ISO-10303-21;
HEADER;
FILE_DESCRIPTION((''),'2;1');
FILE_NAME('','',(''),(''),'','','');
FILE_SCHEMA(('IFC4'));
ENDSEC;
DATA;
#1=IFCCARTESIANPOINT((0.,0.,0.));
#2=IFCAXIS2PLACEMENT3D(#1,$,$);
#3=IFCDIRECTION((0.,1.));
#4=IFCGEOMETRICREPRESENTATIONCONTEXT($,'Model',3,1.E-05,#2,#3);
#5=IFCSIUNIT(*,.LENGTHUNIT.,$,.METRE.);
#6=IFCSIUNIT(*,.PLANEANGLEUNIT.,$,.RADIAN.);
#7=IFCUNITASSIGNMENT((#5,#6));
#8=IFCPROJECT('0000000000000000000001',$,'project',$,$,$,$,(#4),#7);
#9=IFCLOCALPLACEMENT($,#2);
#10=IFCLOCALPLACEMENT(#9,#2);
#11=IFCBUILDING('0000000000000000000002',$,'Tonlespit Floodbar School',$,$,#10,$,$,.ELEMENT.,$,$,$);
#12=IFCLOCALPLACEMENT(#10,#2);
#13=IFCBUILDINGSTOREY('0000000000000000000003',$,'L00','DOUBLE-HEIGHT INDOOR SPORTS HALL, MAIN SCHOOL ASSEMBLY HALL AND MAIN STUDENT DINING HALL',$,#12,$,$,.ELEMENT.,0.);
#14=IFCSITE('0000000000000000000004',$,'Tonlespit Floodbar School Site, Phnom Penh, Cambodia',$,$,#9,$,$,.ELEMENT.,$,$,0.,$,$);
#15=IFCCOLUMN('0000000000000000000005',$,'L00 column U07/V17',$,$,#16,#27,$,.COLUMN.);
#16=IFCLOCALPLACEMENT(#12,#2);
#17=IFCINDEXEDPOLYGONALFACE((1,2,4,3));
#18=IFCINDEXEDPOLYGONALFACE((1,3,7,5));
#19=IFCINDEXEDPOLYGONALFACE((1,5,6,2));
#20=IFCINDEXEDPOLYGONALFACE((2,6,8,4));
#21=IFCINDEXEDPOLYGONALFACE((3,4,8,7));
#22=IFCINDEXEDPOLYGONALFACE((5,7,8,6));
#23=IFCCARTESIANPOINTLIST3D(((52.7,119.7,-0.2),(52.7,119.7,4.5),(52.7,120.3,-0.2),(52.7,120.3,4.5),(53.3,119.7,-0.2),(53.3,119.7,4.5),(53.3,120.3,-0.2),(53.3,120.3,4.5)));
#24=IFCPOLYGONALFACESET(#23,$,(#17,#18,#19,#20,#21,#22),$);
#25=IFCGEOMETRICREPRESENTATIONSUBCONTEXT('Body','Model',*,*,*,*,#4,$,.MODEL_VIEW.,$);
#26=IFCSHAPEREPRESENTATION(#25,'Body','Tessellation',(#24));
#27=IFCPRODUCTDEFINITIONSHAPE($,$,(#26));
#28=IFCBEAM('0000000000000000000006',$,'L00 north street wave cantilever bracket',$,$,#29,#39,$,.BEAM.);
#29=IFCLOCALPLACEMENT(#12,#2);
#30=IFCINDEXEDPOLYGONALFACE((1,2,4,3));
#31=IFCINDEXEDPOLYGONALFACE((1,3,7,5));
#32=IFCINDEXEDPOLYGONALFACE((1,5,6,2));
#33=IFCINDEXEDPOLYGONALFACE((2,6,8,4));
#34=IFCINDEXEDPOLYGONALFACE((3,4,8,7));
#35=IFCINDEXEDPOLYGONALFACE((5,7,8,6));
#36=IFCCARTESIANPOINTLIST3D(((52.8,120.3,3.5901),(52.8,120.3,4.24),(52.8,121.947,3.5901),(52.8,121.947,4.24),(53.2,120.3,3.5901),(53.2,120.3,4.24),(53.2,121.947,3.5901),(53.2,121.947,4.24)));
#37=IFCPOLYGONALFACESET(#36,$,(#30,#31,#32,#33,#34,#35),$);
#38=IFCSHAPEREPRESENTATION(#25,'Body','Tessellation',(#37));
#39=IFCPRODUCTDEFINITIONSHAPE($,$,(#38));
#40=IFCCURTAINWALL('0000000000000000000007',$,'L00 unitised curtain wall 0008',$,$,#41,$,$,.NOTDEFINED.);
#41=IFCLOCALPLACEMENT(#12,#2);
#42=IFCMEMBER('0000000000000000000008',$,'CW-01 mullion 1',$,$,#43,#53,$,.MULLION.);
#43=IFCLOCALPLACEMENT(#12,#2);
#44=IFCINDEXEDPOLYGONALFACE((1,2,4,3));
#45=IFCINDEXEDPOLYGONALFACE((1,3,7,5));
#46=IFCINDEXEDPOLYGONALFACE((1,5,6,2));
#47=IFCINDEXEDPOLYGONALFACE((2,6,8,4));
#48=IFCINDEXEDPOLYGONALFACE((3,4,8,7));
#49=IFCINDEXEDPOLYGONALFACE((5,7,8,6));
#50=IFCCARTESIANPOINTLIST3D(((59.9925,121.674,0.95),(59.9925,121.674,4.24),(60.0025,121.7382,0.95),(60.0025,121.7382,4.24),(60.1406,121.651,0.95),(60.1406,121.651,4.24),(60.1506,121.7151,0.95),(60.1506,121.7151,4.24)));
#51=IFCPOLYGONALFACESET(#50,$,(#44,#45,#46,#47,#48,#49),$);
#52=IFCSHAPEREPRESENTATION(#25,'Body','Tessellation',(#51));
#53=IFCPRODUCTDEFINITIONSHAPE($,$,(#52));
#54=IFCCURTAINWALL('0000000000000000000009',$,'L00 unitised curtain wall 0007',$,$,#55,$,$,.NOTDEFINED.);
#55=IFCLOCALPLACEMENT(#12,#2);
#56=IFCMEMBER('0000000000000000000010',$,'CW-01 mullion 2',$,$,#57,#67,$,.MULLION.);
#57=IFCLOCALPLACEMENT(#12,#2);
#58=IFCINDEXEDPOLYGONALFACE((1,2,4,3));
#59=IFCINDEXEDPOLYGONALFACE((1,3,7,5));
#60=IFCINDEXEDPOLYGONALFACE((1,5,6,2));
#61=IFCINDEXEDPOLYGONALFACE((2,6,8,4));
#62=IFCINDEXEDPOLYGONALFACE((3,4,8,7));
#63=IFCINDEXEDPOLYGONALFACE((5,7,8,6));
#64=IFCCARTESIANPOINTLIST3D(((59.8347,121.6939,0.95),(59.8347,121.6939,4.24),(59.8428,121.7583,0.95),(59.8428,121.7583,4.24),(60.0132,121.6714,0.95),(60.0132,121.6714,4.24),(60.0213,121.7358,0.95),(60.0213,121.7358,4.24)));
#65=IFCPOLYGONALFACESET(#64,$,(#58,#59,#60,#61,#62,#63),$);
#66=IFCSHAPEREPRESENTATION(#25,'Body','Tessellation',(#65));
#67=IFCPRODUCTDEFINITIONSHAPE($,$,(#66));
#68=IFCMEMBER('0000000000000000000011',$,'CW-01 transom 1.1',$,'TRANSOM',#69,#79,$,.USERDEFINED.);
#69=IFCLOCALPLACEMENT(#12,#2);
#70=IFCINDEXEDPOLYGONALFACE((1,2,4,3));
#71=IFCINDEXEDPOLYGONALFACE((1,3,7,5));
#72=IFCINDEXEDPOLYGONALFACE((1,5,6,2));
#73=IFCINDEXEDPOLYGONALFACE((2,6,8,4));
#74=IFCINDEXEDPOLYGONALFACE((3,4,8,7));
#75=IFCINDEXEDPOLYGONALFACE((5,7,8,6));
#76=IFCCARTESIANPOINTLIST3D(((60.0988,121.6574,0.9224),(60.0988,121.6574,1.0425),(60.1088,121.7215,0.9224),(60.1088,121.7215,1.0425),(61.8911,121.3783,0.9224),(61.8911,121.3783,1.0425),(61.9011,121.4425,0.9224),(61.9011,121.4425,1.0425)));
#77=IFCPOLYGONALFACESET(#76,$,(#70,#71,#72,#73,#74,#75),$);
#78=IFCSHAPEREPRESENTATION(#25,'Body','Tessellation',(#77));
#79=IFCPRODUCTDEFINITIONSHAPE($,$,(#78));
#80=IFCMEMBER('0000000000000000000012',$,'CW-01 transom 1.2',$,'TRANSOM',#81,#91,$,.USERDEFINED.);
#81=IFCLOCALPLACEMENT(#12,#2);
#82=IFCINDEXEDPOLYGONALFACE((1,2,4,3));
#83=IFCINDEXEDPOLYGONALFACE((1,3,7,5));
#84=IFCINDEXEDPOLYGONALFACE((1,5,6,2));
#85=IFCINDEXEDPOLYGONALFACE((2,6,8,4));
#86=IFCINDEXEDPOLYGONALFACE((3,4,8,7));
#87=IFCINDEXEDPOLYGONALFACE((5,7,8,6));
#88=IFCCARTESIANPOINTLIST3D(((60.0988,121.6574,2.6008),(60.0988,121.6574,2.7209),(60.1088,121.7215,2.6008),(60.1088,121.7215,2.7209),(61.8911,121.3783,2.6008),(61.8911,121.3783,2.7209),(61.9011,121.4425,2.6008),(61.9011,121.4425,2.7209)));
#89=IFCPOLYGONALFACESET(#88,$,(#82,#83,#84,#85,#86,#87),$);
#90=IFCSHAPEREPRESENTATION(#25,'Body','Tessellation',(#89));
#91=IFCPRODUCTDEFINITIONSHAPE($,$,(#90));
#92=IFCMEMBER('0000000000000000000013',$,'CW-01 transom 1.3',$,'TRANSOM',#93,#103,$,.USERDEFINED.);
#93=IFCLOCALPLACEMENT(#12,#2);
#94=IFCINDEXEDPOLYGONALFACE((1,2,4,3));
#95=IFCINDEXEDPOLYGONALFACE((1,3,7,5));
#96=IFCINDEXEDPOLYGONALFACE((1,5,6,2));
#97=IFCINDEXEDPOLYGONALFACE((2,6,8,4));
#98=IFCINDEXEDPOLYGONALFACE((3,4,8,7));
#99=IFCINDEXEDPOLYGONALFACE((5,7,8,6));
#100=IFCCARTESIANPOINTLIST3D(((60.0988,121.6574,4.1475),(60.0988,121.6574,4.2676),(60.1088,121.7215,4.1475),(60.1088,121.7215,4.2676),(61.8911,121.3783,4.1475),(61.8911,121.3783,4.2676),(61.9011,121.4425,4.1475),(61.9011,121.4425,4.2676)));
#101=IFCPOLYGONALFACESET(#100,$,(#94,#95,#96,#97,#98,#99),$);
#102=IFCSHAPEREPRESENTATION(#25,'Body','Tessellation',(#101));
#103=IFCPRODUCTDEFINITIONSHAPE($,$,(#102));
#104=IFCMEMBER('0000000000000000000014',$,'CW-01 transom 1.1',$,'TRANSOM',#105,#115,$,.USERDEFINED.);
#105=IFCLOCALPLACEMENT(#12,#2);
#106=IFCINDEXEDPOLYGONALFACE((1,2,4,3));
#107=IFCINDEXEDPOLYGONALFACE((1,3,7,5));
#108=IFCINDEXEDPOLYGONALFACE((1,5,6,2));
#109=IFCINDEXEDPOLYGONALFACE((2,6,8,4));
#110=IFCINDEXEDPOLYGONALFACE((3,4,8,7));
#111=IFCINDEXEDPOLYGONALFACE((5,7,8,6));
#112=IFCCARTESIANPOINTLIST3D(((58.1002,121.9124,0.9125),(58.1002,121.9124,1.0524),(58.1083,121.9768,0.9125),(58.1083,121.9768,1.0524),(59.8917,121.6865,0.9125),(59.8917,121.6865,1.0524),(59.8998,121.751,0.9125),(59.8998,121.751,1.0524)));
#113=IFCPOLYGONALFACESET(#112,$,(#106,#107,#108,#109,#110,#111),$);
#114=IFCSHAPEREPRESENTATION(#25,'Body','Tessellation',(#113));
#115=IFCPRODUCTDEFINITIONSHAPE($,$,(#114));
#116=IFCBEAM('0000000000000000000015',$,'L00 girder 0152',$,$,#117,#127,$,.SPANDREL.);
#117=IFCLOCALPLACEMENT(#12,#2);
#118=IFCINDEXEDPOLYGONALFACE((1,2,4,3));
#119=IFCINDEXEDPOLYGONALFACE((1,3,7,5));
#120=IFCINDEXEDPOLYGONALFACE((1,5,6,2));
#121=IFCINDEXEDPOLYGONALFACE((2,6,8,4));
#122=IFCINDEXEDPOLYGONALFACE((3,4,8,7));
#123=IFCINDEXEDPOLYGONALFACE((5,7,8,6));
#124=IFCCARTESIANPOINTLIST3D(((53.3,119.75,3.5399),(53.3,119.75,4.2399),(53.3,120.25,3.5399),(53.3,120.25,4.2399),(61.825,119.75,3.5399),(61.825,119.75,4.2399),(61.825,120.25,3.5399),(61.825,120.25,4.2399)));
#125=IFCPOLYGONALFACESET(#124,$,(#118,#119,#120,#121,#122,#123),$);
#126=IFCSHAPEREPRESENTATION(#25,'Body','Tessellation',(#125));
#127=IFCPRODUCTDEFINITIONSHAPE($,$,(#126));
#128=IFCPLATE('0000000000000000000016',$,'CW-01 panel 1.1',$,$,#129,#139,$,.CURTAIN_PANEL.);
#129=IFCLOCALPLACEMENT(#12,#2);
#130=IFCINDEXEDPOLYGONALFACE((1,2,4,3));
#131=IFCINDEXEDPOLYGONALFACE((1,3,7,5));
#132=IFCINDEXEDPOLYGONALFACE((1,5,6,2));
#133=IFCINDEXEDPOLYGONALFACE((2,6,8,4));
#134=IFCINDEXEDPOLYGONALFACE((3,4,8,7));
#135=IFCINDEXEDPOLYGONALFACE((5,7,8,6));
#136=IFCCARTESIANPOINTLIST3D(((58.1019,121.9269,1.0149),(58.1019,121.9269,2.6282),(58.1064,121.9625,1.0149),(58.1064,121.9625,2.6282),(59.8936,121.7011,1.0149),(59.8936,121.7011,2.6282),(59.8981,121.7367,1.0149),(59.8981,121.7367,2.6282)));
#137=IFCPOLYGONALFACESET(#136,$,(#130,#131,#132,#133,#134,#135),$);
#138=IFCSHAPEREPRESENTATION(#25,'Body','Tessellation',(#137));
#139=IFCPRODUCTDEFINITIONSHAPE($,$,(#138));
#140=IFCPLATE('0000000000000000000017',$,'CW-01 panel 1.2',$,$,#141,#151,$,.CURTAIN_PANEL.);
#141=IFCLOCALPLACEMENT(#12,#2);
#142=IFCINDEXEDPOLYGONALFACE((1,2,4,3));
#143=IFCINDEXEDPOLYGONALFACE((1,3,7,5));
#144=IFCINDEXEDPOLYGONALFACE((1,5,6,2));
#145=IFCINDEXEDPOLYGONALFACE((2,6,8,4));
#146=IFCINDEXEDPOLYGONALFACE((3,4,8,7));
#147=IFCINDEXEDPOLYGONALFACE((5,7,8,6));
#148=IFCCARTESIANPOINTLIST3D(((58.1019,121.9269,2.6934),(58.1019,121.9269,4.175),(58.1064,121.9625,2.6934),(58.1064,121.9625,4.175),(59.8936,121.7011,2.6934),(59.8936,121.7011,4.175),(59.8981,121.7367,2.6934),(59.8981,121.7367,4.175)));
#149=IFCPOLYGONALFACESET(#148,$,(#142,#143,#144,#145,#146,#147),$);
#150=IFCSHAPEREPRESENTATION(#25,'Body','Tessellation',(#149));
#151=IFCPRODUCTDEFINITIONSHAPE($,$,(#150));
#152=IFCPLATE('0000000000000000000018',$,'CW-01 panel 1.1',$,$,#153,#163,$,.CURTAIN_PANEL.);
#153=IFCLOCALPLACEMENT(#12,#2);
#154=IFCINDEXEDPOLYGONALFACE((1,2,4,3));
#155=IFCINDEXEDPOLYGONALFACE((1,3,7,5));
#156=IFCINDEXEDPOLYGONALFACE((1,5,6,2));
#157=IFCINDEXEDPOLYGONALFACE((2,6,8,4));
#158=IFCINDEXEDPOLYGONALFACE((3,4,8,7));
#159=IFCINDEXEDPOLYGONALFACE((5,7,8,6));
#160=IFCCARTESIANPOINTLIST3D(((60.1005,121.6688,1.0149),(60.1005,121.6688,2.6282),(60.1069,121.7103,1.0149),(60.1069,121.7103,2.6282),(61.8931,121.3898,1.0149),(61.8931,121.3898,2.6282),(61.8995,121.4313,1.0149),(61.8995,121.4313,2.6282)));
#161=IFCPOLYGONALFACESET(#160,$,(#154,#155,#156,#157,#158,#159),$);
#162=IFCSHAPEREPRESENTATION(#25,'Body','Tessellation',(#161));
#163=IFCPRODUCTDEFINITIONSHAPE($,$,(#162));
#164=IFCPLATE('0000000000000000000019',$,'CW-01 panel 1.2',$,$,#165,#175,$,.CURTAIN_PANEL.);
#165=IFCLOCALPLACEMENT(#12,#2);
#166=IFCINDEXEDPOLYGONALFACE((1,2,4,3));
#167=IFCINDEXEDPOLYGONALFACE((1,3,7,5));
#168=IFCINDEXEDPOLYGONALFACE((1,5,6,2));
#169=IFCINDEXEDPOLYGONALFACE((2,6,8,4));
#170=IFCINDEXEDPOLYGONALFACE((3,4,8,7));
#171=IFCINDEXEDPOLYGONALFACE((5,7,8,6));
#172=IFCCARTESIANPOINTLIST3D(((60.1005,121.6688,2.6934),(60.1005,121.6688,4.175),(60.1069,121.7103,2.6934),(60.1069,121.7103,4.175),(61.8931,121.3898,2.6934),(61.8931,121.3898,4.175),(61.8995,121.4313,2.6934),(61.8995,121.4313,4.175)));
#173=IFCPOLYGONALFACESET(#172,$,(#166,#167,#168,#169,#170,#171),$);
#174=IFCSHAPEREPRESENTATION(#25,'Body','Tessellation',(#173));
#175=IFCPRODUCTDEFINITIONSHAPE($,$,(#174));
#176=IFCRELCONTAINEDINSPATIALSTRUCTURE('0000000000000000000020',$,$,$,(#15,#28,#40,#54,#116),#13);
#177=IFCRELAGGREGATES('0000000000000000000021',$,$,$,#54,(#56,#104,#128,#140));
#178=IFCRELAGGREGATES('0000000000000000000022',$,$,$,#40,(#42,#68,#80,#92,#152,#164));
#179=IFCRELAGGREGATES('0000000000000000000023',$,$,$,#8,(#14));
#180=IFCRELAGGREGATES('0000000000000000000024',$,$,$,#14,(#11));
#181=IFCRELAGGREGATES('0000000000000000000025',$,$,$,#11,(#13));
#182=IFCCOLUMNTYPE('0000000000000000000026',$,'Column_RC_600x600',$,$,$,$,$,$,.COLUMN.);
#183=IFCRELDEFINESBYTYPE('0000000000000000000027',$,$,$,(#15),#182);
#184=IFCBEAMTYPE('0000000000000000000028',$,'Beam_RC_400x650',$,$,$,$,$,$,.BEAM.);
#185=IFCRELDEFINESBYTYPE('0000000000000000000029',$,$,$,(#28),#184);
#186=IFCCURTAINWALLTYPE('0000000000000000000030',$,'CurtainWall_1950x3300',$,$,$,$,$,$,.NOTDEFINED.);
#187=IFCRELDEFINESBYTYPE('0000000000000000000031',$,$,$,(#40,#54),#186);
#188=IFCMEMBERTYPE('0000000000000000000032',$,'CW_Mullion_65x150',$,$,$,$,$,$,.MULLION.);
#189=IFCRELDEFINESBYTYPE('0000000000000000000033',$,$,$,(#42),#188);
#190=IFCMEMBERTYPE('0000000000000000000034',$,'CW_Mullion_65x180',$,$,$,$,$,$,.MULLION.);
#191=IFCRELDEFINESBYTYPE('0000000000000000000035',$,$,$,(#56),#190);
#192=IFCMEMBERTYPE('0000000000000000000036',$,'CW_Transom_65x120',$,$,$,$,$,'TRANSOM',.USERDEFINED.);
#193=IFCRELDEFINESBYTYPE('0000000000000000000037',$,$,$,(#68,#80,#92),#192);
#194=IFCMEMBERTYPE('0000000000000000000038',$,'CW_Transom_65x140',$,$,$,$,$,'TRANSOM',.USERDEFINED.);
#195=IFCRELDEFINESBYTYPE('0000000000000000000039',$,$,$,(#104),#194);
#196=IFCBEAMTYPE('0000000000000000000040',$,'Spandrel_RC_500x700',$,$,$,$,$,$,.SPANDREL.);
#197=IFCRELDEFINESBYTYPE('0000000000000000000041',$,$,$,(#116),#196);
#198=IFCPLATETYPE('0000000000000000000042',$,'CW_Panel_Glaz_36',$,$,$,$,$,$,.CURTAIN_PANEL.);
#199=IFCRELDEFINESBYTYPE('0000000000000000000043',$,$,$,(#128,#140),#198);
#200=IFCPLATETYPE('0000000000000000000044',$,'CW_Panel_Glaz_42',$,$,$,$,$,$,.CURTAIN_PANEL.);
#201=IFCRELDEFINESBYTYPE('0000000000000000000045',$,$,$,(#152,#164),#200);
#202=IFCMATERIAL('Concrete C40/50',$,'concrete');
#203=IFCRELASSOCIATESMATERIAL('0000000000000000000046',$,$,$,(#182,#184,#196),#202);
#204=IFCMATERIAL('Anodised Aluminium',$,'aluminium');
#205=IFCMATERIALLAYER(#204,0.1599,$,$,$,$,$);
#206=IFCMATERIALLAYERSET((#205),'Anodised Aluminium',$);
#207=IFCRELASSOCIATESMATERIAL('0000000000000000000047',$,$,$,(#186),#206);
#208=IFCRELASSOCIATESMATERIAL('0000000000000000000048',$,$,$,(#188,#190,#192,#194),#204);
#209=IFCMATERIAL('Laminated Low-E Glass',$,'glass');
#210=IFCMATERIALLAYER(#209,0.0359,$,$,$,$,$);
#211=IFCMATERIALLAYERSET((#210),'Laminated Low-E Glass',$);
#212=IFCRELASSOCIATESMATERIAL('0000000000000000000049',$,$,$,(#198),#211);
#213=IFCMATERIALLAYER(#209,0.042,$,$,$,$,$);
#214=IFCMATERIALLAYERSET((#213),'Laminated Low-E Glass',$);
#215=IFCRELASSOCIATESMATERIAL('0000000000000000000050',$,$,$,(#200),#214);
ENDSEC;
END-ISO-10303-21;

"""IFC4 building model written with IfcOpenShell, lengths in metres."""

from ifc_helpers import new_model, si_unit, direction, frame, origin, origin_2d, place, context, subcontext, project, spatial, rectangle, extrude, material, layer, layer_set, material_profile, profile_set, type_object, element, aggregate, save


model = new_model("IFC4")

# Units and contexts
model_context = context("Model", 3, precision=1e-05, world=origin(), true_north=direction((0.0, 1.0)))
body_context = subcontext(model_context, "Body", "Model", "MODEL_VIEW")
ifc_project = project(units=[si_unit("LENGTHUNIT", "METRE"), si_unit("PLANEANGLEUNIT", "RADIAN")], contexts=[model_context])

# Site, building, storey
site_placement = place(None, origin())
site = spatial("IfcSite", under=ifc_project, at=site_placement, Name="Tonlespit Floodbar School Site, Phnom Penh, Cambodia", CompositionType="ELEMENT", RefElevation=0.0)
building_placement = place(site_placement, origin())
building = spatial("IfcBuilding", under=site, at=building_placement, Name="Tonlespit Floodbar School", CompositionType="ELEMENT")
storey_placement = place(building_placement, origin())
storey = spatial("IfcBuildingStorey", under=building, at=storey_placement, Name="L00", Description="DOUBLE-HEIGHT INDOOR SPORTS HALL, MAIN SCHOOL ASSEMBLY HALL AND MAIN STUDENT DINING HALL", CompositionType="ELEMENT", Elevation=0.0)

# Shared definitions
ifc_material_1 = material(Name="Concrete C40/50", Category="concrete")

# Column
ifc_material_profile_1 = material_profile(ifc_material_1, rectangle(XDim=0.6001, YDim=0.6001, at=origin_2d()), Name="RC 600x600")
ifc_profile_set_1 = profile_set([ifc_material_profile_1], Name="Concrete C40/50")
column_type = type_object("IfcColumnType", Name="Column_RC_600x600", PredefinedType="COLUMN", material=ifc_profile_set_1)
column_placement = place(storey_placement, frame((53.0, 120.0, -0.2), z_axis=(0.0, 0.0, 1.0), x_axis=(1.0, 0.0, 0.0)))
element("IfcColumn", 1, at=column_placement, inside=storey, type_object=column_type, Name="L00 column U07/V17", PredefinedType="COLUMN", context=body_context, shape_type="SweptSolid", body=[
    extrude(rectangle(XDim=0.6001, YDim=0.6001, at=origin_2d()), origin(), (0.0, 0.0, 1.0), 4.7),
])

# Beam
ifc_material_profile_2 = material_profile(ifc_material_1, rectangle(XDim=0.3999, YDim=0.6499, at=origin_2d()), Name="RC 400x650")
ifc_profile_set_2 = profile_set([ifc_material_profile_2], Name="Concrete C40/50")
beam_type_1 = type_object("IfcBeamType", Name="Beam_RC_400x650", PredefinedType="BEAM", material=ifc_profile_set_2)
beam_1_placement = place(storey_placement, frame((53.0, 120.3, 3.915), z_axis=(0.0, 1.0, 0.0), x_axis=(-1.0, 0.0, 0.0)))
element("IfcBeam", 2, at=beam_1_placement, inside=storey, type_object=beam_type_1, Name="L00 north street wave cantilever bracket", PredefinedType="BEAM", context=body_context, shape_type="SweptSolid", body=[
    extrude(rectangle(XDim=0.3999, YDim=0.6499, at=origin_2d()), origin(), (0.0, 0.0, 1.0), 1.647),
])

# Curtain walls, members
ifc_material_2 = material(Name="Anodised Aluminium", Category="aluminium")
ifc_layer_1 = layer(ifc_material_2, 0.1599)
ifc_layer_set_1 = layer_set([ifc_layer_1], Name="Anodised Aluminium")
curtain_wall_type = type_object("IfcCurtainWallType", Name="CurtainWall_1950x3300", PredefinedType="NOTDEFINED", material=ifc_layer_set_1)
curtain_wall_1_placement = place(storey_placement, origin())
curtain_wall_1 = element("IfcCurtainWall", 3, at=curtain_wall_1_placement, inside=storey, type_object=curtain_wall_type, Name="L00 unitised curtain wall 0008", PredefinedType="NOTDEFINED")
ifc_material_profile_3 = material_profile(ifc_material_2, rectangle(XDim=0.0649, YDim=0.1499, at=origin_2d()), Name="ALU M65x150")
ifc_profile_set_3 = profile_set([ifc_material_profile_3], Name="Anodised Aluminium")
member_type_1 = type_object("IfcMemberType", Name="CW_Mullion_65x150", PredefinedType="MULLION", material=ifc_profile_set_3)
member_1_placement = place(storey_placement, frame((60.0715, 121.6946, 0.95), z_axis=(0.0, 0.0, 1.0), x_axis=(0.153796, 0.988103, 0.0)))
member_1 = element("IfcMember", 4, at=member_1_placement, type_object=member_type_1, Name="CW-01 mullion 1", PredefinedType="MULLION", context=body_context, shape_type="SweptSolid", body=[
    extrude(rectangle(XDim=0.0649, YDim=0.1499, at=origin_2d()), origin(), (0.0, 0.0, 1.0), 3.29),
])
curtain_wall_2_placement = place(storey_placement, origin())
curtain_wall_2 = element("IfcCurtainWall", 5, at=curtain_wall_2_placement, inside=storey, type_object=curtain_wall_type, Name="L00 unitised curtain wall 0007", PredefinedType="NOTDEFINED")
ifc_material_profile_4 = material_profile(ifc_material_2, rectangle(XDim=0.0649, YDim=0.1799, at=origin_2d()), Name="ALU M65x180")
ifc_profile_set_4 = profile_set([ifc_material_profile_4], Name="Anodised Aluminium")
member_type_2 = type_object("IfcMemberType", Name="CW_Mullion_65x180", PredefinedType="MULLION", material=ifc_profile_set_4)
member_2_placement = place(storey_placement, frame((59.928, 121.7148, 0.95), z_axis=(0.0, 0.0, 1.0), x_axis=(0.125014, 0.992155, 0.0)))
member_2 = element("IfcMember", 6, at=member_2_placement, type_object=member_type_2, Name="CW-01 mullion 2", PredefinedType="MULLION", context=body_context, shape_type="SweptSolid", body=[
    extrude(rectangle(XDim=0.0649, YDim=0.1799, at=origin_2d()), origin(), (0.0, 0.0, 1.0), 3.29),
])

# Members
ifc_material_profile_5 = material_profile(ifc_material_2, rectangle(XDim=0.0649, YDim=0.1201, at=origin_2d()), Name="ALU T65x120")
ifc_profile_set_5 = profile_set([ifc_material_profile_5], Name="Anodised Aluminium")
member_type_3 = type_object("IfcMemberType", Name="CW_Transom_65x120", ElementType="TRANSOM", PredefinedType="USERDEFINED", material=ifc_profile_set_5)
member_3_placement = place(storey_placement, frame((60.1038, 121.6895, 0.9824), z_axis=(0.988098, -0.153827, 0.0), x_axis=(0.153827, 0.988098, 0.0)))
member_3 = element("IfcMember", 7, at=member_3_placement, type_object=member_type_3, Name="CW-01 transom 1.1", ObjectType="TRANSOM", PredefinedType="USERDEFINED", context=body_context, shape_type="SweptSolid", body=[
    extrude(rectangle(XDim=0.0649, YDim=0.1201, at=origin_2d()), origin(), (0.0, 0.0, 1.0), 1.814),
])
member_4_placement = place(storey_placement, frame((60.1038, 121.6895, 2.6609), z_axis=(0.988098, -0.153827, 0.0), x_axis=(0.153827, 0.988098, 0.0)))
member_4 = element("IfcMember", 8, at=member_4_placement, type_object=member_type_3, Name="CW-01 transom 1.2", ObjectType="TRANSOM", PredefinedType="USERDEFINED", context=body_context, shape_type="SweptSolid", body=[
    extrude(rectangle(XDim=0.0649, YDim=0.1201, at=origin_2d()), origin(), (0.0, 0.0, 1.0), 1.814),
])
member_5_placement = place(storey_placement, frame((60.1038, 121.6895, 4.2075), z_axis=(0.988098, -0.153827, 0.0), x_axis=(0.153827, 0.988098, 0.0)))
member_5 = element("IfcMember", 9, at=member_5_placement, type_object=member_type_3, Name="CW-01 transom 1.3", ObjectType="TRANSOM", PredefinedType="USERDEFINED", context=body_context, shape_type="SweptSolid", body=[
    extrude(rectangle(XDim=0.0649, YDim=0.1201, at=origin_2d()), origin(), (0.0, 0.0, 1.0), 1.814),
])
ifc_material_profile_6 = material_profile(ifc_material_2, rectangle(XDim=0.0649, YDim=0.1399, at=origin_2d()), Name="ALU T65x140")
ifc_profile_set_6 = profile_set([ifc_material_profile_6], Name="Anodised Aluminium")
member_type_4 = type_object("IfcMemberType", Name="CW_Transom_65x140", ElementType="TRANSOM", PredefinedType="USERDEFINED", material=ifc_profile_set_6)
member_6_placement = place(storey_placement, frame((58.1042, 121.9446, 0.9824), z_axis=(0.992148, -0.125066, 0.0), x_axis=(0.125066, 0.992148, 0.0)))
member_6 = element("IfcMember", 10, at=member_6_placement, type_object=member_type_4, Name="CW-01 transom 1.1", ObjectType="TRANSOM", PredefinedType="USERDEFINED", context=body_context, shape_type="SweptSolid", body=[
    extrude(rectangle(XDim=0.0649, YDim=0.1399, at=origin_2d()), origin(), (0.0, 0.0, 1.0), 1.8057),
])

# Beam
ifc_material_profile_7 = material_profile(ifc_material_1, rectangle(XDim=0.5, YDim=0.7, at=origin_2d()), Name="RC 500x700")
ifc_profile_set_7 = profile_set([ifc_material_profile_7], Name="Concrete C40/50")
beam_type_2 = type_object("IfcBeamType", Name="Spandrel_RC_500x700", PredefinedType="SPANDREL", material=ifc_profile_set_7)
beam_2_placement = place(storey_placement, frame((53.3, 120.0, 3.8899), z_axis=(1.0, 0.0, 0.0), x_axis=(0.0, 1.0, 0.0)))
element("IfcBeam", 11, at=beam_2_placement, inside=storey, type_object=beam_type_2, Name="L00 girder 0152", PredefinedType="SPANDREL", context=body_context, shape_type="SweptSolid", body=[
    extrude(rectangle(XDim=0.5, YDim=0.7, at=origin_2d()), origin(), (0.0, 0.0, 1.0), 8.5249),
])

# Plates
ifc_material_3 = material(Name="Laminated Low-E Glass", Category="glass")
ifc_layer_2 = layer(ifc_material_3, 0.0359)
ifc_layer_set_2 = layer_set([ifc_layer_2], Name="Laminated Low-E Glass")
plate_type_1 = type_object("IfcPlateType", Name="CW_Panel_Glaz_36", PredefinedType="CURTAIN_PANEL", material=ifc_layer_set_2)
plate_1_placement = place(storey_placement, frame((59.0, 121.8318, 1.0149), z_axis=(0.0, 0.0, 1.0), x_axis=(0.992155, -0.125014, 0.0)))
plate_1 = element("IfcPlate", 12, at=plate_1_placement, type_object=plate_type_1, Name="CW-01 panel 1.1", PredefinedType="CURTAIN_PANEL", context=body_context, shape_type="SweptSolid", body=[
    extrude(rectangle(XDim=1.8059, YDim=0.0359, at=origin_2d()), origin(), (0.0, 0.0, 1.0), 1.6133),
])
plate_2_placement = place(storey_placement, frame((59.0, 121.8318, 2.6934), z_axis=(0.0, 0.0, 1.0), x_axis=(0.992155, -0.125014, 0.0)))
plate_2 = element("IfcPlate", 13, at=plate_2_placement, type_object=plate_type_1, Name="CW-01 panel 1.2", PredefinedType="CURTAIN_PANEL", context=body_context, shape_type="SweptSolid", body=[
    extrude(rectangle(XDim=1.8059, YDim=0.0359, at=origin_2d()), origin(), (0.0, 0.0, 1.0), 1.4817),
])
aggregate(curtain_wall_2, [member_2, member_6, plate_1, plate_2])
ifc_layer_3 = layer(ifc_material_3, 0.042)
ifc_layer_set_3 = layer_set([ifc_layer_3], Name="Laminated Low-E Glass")
plate_type_2 = type_object("IfcPlateType", Name="CW_Panel_Glaz_42", PredefinedType="CURTAIN_PANEL", material=ifc_layer_set_3)
plate_3_placement = place(storey_placement, frame((61.0, 121.55, 1.0149), z_axis=(0.0, 0.0, 1.0), x_axis=(0.988103, -0.153796, 0.0)))
plate_3 = element("IfcPlate", 14, at=plate_3_placement, type_object=plate_type_2, Name="CW-01 panel 1.1", PredefinedType="CURTAIN_PANEL", context=body_context, shape_type="SweptSolid", body=[
    extrude(rectangle(XDim=1.8142, YDim=0.042, at=origin_2d()), origin(), (0.0, 0.0, 1.0), 1.6133),
])
plate_4_placement = place(storey_placement, frame((61.0, 121.55, 2.6934), z_axis=(0.0, 0.0, 1.0), x_axis=(0.988103, -0.153796, 0.0)))
plate_4 = element("IfcPlate", 15, at=plate_4_placement, type_object=plate_type_2, Name="CW-01 panel 1.2", PredefinedType="CURTAIN_PANEL", context=body_context, shape_type="SweptSolid", body=[
    extrude(rectangle(XDim=1.8142, YDim=0.042, at=origin_2d()), origin(), (0.0, 0.0, 1.0), 1.4817),
])
aggregate(curtain_wall_1, [member_1, member_3, member_4, member_5, plate_3, plate_4])

save(model, "model.ifc")
